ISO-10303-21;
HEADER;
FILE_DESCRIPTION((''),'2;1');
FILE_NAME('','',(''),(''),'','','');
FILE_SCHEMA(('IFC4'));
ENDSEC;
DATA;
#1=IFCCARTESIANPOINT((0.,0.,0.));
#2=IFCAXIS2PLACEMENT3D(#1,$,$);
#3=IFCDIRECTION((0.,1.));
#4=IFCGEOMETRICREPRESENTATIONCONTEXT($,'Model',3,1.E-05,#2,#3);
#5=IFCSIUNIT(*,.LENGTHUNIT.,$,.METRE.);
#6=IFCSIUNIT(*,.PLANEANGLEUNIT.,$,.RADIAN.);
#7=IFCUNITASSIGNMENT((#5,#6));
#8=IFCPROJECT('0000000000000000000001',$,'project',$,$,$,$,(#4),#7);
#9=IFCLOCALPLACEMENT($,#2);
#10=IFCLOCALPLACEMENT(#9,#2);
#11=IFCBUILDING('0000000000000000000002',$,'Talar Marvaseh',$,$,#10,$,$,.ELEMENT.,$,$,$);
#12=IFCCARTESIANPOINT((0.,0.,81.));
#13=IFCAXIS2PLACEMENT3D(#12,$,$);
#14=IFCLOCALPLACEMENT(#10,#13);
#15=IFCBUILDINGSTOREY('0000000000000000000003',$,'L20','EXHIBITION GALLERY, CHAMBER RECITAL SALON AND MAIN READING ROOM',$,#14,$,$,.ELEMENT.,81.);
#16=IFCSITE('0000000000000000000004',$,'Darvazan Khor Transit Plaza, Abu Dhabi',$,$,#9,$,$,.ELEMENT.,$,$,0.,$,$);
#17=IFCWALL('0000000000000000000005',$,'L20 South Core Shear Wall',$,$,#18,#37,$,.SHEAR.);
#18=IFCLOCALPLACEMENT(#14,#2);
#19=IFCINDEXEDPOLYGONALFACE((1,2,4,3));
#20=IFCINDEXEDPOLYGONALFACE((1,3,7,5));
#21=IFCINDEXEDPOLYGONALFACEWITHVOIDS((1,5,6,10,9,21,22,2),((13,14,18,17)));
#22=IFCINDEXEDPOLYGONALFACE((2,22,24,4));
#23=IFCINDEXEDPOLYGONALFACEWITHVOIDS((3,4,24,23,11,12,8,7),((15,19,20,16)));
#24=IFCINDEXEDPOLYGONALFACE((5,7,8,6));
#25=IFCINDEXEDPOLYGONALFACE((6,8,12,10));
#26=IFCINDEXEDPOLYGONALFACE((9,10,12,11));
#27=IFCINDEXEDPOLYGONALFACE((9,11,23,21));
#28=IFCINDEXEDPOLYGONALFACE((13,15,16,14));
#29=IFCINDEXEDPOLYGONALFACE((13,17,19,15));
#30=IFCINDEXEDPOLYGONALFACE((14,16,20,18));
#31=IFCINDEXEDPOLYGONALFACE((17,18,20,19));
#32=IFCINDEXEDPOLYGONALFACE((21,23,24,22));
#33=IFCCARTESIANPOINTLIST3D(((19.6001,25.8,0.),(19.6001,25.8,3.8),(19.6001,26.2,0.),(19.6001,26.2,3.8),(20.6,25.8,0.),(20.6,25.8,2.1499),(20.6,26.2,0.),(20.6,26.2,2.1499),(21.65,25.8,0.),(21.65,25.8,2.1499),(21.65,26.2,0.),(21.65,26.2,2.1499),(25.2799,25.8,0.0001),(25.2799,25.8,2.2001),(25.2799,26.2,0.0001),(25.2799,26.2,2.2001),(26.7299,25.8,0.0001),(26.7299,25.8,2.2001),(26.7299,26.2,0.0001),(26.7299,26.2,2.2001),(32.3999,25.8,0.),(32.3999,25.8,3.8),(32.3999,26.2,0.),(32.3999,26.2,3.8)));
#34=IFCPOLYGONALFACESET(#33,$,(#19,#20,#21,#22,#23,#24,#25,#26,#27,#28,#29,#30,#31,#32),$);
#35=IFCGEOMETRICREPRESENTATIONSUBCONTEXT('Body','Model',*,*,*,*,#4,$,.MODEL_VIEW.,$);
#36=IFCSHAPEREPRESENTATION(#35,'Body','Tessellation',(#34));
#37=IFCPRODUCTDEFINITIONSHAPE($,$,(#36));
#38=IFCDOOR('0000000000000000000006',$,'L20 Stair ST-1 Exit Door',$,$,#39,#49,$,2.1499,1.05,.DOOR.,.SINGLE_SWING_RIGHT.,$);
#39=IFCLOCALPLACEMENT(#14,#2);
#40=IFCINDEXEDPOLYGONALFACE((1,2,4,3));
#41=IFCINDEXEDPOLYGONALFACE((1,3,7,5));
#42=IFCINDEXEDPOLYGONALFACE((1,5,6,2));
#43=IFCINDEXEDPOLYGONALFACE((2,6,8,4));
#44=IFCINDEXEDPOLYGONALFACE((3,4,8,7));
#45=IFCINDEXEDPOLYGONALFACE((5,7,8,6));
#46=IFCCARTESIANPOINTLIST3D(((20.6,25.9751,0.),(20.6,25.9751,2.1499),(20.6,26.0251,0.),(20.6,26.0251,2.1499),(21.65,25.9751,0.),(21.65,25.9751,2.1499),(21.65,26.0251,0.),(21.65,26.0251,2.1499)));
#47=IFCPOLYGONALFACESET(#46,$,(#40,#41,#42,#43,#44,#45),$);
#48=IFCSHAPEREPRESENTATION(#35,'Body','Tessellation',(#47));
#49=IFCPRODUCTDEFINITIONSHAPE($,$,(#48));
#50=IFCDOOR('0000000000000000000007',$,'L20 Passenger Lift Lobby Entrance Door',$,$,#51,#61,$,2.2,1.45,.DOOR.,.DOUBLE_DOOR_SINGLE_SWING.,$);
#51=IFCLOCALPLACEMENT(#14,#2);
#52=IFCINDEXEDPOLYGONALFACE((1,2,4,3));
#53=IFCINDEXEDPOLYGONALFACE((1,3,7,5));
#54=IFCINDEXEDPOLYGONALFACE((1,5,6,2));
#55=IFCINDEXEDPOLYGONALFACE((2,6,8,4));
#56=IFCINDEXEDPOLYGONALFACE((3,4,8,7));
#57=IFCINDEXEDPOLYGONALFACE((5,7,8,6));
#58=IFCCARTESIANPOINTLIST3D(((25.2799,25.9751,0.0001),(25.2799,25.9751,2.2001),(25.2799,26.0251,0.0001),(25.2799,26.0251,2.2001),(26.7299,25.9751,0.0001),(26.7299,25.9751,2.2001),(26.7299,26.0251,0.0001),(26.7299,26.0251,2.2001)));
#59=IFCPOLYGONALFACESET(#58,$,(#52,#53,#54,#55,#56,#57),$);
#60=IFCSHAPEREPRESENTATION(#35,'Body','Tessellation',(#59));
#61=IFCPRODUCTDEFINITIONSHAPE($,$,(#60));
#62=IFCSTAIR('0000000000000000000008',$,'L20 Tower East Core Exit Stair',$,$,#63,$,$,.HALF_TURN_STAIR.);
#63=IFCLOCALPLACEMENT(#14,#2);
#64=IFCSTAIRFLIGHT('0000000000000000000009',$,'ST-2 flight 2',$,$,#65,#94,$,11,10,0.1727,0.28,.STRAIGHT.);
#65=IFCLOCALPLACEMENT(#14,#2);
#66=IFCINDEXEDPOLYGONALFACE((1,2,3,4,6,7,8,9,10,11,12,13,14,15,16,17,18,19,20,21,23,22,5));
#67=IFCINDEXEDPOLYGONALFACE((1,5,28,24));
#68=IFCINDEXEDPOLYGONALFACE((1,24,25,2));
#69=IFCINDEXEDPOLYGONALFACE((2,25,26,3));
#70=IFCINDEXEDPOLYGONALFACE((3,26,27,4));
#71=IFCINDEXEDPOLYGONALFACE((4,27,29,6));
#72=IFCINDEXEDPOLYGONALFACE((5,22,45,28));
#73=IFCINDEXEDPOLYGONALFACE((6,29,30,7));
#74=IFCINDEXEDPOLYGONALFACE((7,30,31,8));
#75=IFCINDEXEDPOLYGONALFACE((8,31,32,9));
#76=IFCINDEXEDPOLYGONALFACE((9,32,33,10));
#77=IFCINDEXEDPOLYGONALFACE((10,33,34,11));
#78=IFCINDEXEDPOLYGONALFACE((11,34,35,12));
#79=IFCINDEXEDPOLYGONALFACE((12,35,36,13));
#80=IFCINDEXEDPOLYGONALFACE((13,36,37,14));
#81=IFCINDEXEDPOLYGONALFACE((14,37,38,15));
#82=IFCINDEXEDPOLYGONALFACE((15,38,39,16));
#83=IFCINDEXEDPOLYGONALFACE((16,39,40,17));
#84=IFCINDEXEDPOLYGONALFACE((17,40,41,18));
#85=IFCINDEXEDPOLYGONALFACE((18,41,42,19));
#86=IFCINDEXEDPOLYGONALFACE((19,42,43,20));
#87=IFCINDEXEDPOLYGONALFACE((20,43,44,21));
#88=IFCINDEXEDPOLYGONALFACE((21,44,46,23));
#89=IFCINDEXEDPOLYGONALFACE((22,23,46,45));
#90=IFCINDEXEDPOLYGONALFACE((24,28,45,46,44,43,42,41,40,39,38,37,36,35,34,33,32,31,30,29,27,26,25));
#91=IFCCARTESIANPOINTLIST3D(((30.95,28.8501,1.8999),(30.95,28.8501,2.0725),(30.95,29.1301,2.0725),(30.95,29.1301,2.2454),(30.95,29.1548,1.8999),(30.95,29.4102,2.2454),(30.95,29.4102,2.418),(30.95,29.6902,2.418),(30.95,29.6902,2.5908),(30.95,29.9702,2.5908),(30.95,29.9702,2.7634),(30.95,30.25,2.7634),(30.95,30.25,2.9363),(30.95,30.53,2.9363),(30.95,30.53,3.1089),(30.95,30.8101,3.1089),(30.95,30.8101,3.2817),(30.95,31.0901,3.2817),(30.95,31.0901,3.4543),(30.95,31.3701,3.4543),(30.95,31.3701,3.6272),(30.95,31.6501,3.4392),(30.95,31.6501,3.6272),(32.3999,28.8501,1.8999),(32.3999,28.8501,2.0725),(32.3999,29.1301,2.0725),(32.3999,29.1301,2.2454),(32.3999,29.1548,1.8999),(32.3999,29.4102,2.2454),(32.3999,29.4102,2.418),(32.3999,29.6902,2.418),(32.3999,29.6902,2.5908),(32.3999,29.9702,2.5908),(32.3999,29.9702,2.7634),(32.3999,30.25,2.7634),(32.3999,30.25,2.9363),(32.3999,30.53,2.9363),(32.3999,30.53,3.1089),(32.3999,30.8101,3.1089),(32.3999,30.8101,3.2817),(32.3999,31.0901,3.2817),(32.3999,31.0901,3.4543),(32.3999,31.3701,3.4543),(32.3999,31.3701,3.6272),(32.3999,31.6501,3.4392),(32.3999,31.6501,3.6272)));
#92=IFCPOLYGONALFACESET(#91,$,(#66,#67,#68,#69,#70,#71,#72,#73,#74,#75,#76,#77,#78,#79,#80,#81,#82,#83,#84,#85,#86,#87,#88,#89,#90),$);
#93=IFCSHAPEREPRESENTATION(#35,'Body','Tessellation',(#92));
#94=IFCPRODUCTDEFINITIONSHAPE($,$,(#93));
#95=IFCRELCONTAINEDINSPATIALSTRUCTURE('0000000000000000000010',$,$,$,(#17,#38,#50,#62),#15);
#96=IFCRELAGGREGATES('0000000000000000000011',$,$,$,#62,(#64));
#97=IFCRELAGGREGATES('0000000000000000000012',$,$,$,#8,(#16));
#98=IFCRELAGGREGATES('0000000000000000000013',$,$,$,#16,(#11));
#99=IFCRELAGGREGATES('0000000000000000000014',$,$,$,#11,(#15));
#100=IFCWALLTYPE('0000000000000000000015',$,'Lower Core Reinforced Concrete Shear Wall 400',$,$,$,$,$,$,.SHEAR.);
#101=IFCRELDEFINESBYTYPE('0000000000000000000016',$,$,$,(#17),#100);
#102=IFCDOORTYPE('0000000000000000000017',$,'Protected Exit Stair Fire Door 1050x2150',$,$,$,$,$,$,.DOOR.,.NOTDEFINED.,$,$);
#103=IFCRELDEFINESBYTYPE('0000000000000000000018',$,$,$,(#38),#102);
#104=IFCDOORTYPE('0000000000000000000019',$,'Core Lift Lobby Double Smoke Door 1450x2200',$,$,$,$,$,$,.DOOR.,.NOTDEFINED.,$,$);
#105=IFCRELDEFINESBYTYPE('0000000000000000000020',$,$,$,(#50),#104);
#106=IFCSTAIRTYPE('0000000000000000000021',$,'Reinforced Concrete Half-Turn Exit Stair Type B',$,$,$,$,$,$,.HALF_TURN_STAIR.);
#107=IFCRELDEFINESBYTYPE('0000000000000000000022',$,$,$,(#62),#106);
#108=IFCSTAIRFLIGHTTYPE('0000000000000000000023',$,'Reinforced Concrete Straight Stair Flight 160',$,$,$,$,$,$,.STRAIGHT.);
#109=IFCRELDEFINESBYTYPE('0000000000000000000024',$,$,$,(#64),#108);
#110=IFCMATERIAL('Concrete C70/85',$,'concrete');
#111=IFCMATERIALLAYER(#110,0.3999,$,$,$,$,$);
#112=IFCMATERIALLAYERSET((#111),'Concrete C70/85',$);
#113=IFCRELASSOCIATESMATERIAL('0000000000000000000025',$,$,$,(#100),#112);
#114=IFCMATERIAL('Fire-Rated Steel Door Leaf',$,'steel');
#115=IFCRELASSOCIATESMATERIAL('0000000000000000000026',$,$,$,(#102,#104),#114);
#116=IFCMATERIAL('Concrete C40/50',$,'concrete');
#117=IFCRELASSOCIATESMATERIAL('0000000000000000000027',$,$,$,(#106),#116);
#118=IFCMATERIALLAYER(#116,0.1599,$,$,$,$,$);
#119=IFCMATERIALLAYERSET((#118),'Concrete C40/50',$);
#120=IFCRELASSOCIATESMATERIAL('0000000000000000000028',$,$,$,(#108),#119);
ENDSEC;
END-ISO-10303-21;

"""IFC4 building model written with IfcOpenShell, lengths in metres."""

from ifc_helpers import new_model, si_unit, direction, frame, frame_2d, origin, place, context, subcontext, project, spatial, polyline, rectangle, outline, extrude, source, transform, mapped, material, layer, layer_set, type_object, type_shapes, element, fill, aggregate, save


model = new_model("IFC4")

# Units and contexts
model_context = context("Model", 3, precision=1e-05, world=origin(), true_north=direction((0.0, 1.0)))
body_context = subcontext(model_context, "Body", "Model", "MODEL_VIEW")
ifc_project = project(units=[si_unit("LENGTHUNIT", "METRE"), si_unit("PLANEANGLEUNIT", "RADIAN")], contexts=[model_context])

# Site, building, storey
site_placement = place(None, origin())
site = spatial("IfcSite", under=ifc_project, at=site_placement, Name="Darvazan Khor Transit Plaza, Abu Dhabi", CompositionType="ELEMENT", RefElevation=0.0)
building_placement = place(site_placement, origin())
building = spatial("IfcBuilding", under=site, at=building_placement, Name="Talar Marvaseh", CompositionType="ELEMENT")
storey_placement = place(building_placement, frame((0.0, 0.0, 81.0)))
storey = spatial("IfcBuildingStorey", under=building, at=storey_placement, Name="L20", Description="EXHIBITION GALLERY, CHAMBER RECITAL SALON AND MAIN READING ROOM", CompositionType="ELEMENT", Elevation=81.0)

# Shared definitions
ifc_material_1 = material(Name="Concrete C70/85", Category="concrete")

# Wall, openings, doors
ifc_layer_1 = layer(ifc_material_1, 0.3999)
ifc_layer_set_1 = layer_set([ifc_layer_1], Name="Concrete C70/85")
wall_type_1 = type_object("IfcWallType", Name="Lower Core Reinforced Concrete Shear Wall 400", PredefinedType="SHEAR", material=ifc_layer_set_1)
wall_1_placement = place(storey_placement, frame((32.3999, 26.0, 0.0), z_axis=(0.0, 0.0, 1.0), x_axis=(-1.0, 0.0, 0.0)))
wall_1 = element("IfcWall", 1, at=wall_1_placement, inside=storey, type_object=wall_type_1, Name="L20 South Core Shear Wall", PredefinedType="SHEAR", context=body_context, shape_type="SweptSolid", body=[
    extrude(rectangle(XDim=12.7998, YDim=0.3999, at=frame_2d((6.3999, 0.0))), origin(), (0.0, 0.0, 1.0), 3.8),
])
opening_1_placement = place(wall_1_placement, frame((10.75, 0.0, 0.0)))
opening_1 = element("IfcOpeningElement", 2, at=opening_1_placement, cuts=wall_1, PredefinedType="OPENING", context=body_context, shape_type="SweptSolid", body=[
    extrude(rectangle(XDim=1.05, YDim=2.1499, at=frame_2d((0.5249, 1.075))), frame((0.0, 0.21, 0.0), z_axis=(0.0, -1.0, 0.0), x_axis=(1.0, 0.0, 0.0)), (0.0, 0.0, 1.0), 0.4199),
])
opening_2_placement = place(wall_1_placement, frame((5.6699, 0.0, 0.0)))
opening_2 = element("IfcOpeningElement", 3, at=opening_2_placement, cuts=wall_1, PredefinedType="OPENING", context=body_context, shape_type="SweptSolid", body=[
    extrude(rectangle(XDim=1.45, YDim=2.2, at=frame_2d((0.7251, 1.1001))), frame((0.0, 0.21, 0.0), z_axis=(0.0, -1.0, 0.0), x_axis=(1.0, 0.0, 0.0)), (0.0, 0.0, 1.0), 0.4199),
])
ifc_material_2 = material(Name="Fire-Rated Steel Door Leaf", Category="steel")
door_type_1 = type_object("IfcDoorType", Name="Protected Exit Stair Fire Door 1050x2150", OperationType="NOTDEFINED", PredefinedType="DOOR", material=ifc_material_2)
shared_shape_1 = source(origin(), body_context, "Body", "SweptSolid", [
    extrude(rectangle(XDim=1.05, YDim=2.1499, at=frame_2d((0.5249, 1.075))), frame((0.0, 0.0249, 0.0), z_axis=(0.0, -1.0, 0.0), x_axis=(1.0, 0.0, 0.0)), (0.0, 0.0, 1.0), 0.05),
])
type_shapes(door_type_1, [shared_shape_1])
door_1_placement = place(opening_1_placement, origin())
door_1 = element("IfcDoor", 4, at=door_1_placement, inside=storey, type_object=door_type_1, Name="L20 Stair ST-1 Exit Door", OperationType="SINGLE_SWING_RIGHT", OverallHeight=2.1499, OverallWidth=1.05, PredefinedType="DOOR", context=body_context, shape_type="MappedRepresentation", body=[
    mapped(shared_shape_1, transform((0.0, 0.0, 0.0), x_axis=(1.0, 0.0, 0.0), y_axis=(0.0, 1.0, 0.0), z_axis=(0.0, 0.0, 1.0), scale=1.0)),
])
fill(opening_1, door_1)
door_type_2 = type_object("IfcDoorType", Name="Core Lift Lobby Double Smoke Door 1450x2200", OperationType="NOTDEFINED", PredefinedType="DOOR", material=ifc_material_2)
shared_shape_2 = source(origin(), body_context, "Body", "SweptSolid", [
    extrude(rectangle(XDim=1.45, YDim=2.2, at=frame_2d((0.7251, 1.1001))), frame((0.0, 0.0249, 0.0), z_axis=(0.0, -1.0, 0.0), x_axis=(1.0, 0.0, 0.0)), (0.0, 0.0, 1.0), 0.05),
])
type_shapes(door_type_2, [shared_shape_2])
door_2_placement = place(opening_2_placement, origin())
door_2 = element("IfcDoor", 5, at=door_2_placement, inside=storey, type_object=door_type_2, Name="L20 Passenger Lift Lobby Entrance Door", OperationType="DOUBLE_DOOR_SINGLE_SWING", OverallHeight=2.2, OverallWidth=1.45, PredefinedType="DOOR", context=body_context, shape_type="MappedRepresentation", body=[
    mapped(shared_shape_2, transform((0.0, 0.0, 0.0), x_axis=(1.0, 0.0, 0.0), y_axis=(0.0, 1.0, 0.0), z_axis=(0.0, 0.0, 1.0), scale=1.0)),
])
fill(opening_2, door_2)

# Stair, stair flight
ifc_material_3 = material(Name="Concrete C40/50", Category="concrete")
stair_type = type_object("IfcStairType", Name="Reinforced Concrete Half-Turn Exit Stair Type B", PredefinedType="HALF_TURN_STAIR", material=ifc_material_3)
stair_placement = place(storey_placement, origin())
stair = element("IfcStair", 6, at=stair_placement, inside=storey, type_object=stair_type, Name="L20 Tower East Core Exit Stair", PredefinedType="HALF_TURN_STAIR")
ifc_layer_2 = layer(ifc_material_3, 0.1599)
ifc_layer_set_2 = layer_set([ifc_layer_2], Name="Concrete C40/50")
stair_flight_type = type_object("IfcStairFlightType", Name="Reinforced Concrete Straight Stair Flight 160", PredefinedType="STRAIGHT", material=ifc_layer_set_2)
stair_flight_placement = place(storey_placement, frame((31.675, 28.8501, 1.8999), z_axis=(0.0, 0.0, 1.0), x_axis=(0.0, 1.0, 0.0)))
stair_flight = element("IfcStairFlight", 7, at=stair_flight_placement, type_object=stair_flight_type, Name="ST-2 flight 2", NumberOfRisers=11, NumberOfTreads=10, PredefinedType="STRAIGHT", RiserHeight=0.1727, TreadLength=0.28, context=body_context, shape_type="SweptSolid", body=[
    extrude(outline(polyline([(0.0, 0.0), (0.0, 0.1726), (0.28, 0.1726), (0.28, 0.3455), (0.5601, 0.3455), (0.5601, 0.5181), (0.8401, 0.5181), (0.8401, 0.6909), (1.1201, 0.6909), (1.1201, 0.8635), (1.3999, 0.8635), (1.3999, 1.0364), (1.6799, 1.0364), (1.6799, 1.209), (1.96, 1.209), (1.96, 1.3818), (2.24, 1.3818), (2.24, 1.5544), (2.52, 1.5544), (2.52, 1.7273), (2.8, 1.7273), (2.8, 1.8999), (2.8, 1.5393), (0.3047, 0.0), (0.0, 0.0)])), frame((0.0, 0.7251, 0.0), z_axis=(0.0, -1.0, 0.0), x_axis=(1.0, 0.0, 0.0)), (0.0, 0.0, 1.0), 1.45),
])
aggregate(stair, [stair_flight])

save(model, "model.ifc")
